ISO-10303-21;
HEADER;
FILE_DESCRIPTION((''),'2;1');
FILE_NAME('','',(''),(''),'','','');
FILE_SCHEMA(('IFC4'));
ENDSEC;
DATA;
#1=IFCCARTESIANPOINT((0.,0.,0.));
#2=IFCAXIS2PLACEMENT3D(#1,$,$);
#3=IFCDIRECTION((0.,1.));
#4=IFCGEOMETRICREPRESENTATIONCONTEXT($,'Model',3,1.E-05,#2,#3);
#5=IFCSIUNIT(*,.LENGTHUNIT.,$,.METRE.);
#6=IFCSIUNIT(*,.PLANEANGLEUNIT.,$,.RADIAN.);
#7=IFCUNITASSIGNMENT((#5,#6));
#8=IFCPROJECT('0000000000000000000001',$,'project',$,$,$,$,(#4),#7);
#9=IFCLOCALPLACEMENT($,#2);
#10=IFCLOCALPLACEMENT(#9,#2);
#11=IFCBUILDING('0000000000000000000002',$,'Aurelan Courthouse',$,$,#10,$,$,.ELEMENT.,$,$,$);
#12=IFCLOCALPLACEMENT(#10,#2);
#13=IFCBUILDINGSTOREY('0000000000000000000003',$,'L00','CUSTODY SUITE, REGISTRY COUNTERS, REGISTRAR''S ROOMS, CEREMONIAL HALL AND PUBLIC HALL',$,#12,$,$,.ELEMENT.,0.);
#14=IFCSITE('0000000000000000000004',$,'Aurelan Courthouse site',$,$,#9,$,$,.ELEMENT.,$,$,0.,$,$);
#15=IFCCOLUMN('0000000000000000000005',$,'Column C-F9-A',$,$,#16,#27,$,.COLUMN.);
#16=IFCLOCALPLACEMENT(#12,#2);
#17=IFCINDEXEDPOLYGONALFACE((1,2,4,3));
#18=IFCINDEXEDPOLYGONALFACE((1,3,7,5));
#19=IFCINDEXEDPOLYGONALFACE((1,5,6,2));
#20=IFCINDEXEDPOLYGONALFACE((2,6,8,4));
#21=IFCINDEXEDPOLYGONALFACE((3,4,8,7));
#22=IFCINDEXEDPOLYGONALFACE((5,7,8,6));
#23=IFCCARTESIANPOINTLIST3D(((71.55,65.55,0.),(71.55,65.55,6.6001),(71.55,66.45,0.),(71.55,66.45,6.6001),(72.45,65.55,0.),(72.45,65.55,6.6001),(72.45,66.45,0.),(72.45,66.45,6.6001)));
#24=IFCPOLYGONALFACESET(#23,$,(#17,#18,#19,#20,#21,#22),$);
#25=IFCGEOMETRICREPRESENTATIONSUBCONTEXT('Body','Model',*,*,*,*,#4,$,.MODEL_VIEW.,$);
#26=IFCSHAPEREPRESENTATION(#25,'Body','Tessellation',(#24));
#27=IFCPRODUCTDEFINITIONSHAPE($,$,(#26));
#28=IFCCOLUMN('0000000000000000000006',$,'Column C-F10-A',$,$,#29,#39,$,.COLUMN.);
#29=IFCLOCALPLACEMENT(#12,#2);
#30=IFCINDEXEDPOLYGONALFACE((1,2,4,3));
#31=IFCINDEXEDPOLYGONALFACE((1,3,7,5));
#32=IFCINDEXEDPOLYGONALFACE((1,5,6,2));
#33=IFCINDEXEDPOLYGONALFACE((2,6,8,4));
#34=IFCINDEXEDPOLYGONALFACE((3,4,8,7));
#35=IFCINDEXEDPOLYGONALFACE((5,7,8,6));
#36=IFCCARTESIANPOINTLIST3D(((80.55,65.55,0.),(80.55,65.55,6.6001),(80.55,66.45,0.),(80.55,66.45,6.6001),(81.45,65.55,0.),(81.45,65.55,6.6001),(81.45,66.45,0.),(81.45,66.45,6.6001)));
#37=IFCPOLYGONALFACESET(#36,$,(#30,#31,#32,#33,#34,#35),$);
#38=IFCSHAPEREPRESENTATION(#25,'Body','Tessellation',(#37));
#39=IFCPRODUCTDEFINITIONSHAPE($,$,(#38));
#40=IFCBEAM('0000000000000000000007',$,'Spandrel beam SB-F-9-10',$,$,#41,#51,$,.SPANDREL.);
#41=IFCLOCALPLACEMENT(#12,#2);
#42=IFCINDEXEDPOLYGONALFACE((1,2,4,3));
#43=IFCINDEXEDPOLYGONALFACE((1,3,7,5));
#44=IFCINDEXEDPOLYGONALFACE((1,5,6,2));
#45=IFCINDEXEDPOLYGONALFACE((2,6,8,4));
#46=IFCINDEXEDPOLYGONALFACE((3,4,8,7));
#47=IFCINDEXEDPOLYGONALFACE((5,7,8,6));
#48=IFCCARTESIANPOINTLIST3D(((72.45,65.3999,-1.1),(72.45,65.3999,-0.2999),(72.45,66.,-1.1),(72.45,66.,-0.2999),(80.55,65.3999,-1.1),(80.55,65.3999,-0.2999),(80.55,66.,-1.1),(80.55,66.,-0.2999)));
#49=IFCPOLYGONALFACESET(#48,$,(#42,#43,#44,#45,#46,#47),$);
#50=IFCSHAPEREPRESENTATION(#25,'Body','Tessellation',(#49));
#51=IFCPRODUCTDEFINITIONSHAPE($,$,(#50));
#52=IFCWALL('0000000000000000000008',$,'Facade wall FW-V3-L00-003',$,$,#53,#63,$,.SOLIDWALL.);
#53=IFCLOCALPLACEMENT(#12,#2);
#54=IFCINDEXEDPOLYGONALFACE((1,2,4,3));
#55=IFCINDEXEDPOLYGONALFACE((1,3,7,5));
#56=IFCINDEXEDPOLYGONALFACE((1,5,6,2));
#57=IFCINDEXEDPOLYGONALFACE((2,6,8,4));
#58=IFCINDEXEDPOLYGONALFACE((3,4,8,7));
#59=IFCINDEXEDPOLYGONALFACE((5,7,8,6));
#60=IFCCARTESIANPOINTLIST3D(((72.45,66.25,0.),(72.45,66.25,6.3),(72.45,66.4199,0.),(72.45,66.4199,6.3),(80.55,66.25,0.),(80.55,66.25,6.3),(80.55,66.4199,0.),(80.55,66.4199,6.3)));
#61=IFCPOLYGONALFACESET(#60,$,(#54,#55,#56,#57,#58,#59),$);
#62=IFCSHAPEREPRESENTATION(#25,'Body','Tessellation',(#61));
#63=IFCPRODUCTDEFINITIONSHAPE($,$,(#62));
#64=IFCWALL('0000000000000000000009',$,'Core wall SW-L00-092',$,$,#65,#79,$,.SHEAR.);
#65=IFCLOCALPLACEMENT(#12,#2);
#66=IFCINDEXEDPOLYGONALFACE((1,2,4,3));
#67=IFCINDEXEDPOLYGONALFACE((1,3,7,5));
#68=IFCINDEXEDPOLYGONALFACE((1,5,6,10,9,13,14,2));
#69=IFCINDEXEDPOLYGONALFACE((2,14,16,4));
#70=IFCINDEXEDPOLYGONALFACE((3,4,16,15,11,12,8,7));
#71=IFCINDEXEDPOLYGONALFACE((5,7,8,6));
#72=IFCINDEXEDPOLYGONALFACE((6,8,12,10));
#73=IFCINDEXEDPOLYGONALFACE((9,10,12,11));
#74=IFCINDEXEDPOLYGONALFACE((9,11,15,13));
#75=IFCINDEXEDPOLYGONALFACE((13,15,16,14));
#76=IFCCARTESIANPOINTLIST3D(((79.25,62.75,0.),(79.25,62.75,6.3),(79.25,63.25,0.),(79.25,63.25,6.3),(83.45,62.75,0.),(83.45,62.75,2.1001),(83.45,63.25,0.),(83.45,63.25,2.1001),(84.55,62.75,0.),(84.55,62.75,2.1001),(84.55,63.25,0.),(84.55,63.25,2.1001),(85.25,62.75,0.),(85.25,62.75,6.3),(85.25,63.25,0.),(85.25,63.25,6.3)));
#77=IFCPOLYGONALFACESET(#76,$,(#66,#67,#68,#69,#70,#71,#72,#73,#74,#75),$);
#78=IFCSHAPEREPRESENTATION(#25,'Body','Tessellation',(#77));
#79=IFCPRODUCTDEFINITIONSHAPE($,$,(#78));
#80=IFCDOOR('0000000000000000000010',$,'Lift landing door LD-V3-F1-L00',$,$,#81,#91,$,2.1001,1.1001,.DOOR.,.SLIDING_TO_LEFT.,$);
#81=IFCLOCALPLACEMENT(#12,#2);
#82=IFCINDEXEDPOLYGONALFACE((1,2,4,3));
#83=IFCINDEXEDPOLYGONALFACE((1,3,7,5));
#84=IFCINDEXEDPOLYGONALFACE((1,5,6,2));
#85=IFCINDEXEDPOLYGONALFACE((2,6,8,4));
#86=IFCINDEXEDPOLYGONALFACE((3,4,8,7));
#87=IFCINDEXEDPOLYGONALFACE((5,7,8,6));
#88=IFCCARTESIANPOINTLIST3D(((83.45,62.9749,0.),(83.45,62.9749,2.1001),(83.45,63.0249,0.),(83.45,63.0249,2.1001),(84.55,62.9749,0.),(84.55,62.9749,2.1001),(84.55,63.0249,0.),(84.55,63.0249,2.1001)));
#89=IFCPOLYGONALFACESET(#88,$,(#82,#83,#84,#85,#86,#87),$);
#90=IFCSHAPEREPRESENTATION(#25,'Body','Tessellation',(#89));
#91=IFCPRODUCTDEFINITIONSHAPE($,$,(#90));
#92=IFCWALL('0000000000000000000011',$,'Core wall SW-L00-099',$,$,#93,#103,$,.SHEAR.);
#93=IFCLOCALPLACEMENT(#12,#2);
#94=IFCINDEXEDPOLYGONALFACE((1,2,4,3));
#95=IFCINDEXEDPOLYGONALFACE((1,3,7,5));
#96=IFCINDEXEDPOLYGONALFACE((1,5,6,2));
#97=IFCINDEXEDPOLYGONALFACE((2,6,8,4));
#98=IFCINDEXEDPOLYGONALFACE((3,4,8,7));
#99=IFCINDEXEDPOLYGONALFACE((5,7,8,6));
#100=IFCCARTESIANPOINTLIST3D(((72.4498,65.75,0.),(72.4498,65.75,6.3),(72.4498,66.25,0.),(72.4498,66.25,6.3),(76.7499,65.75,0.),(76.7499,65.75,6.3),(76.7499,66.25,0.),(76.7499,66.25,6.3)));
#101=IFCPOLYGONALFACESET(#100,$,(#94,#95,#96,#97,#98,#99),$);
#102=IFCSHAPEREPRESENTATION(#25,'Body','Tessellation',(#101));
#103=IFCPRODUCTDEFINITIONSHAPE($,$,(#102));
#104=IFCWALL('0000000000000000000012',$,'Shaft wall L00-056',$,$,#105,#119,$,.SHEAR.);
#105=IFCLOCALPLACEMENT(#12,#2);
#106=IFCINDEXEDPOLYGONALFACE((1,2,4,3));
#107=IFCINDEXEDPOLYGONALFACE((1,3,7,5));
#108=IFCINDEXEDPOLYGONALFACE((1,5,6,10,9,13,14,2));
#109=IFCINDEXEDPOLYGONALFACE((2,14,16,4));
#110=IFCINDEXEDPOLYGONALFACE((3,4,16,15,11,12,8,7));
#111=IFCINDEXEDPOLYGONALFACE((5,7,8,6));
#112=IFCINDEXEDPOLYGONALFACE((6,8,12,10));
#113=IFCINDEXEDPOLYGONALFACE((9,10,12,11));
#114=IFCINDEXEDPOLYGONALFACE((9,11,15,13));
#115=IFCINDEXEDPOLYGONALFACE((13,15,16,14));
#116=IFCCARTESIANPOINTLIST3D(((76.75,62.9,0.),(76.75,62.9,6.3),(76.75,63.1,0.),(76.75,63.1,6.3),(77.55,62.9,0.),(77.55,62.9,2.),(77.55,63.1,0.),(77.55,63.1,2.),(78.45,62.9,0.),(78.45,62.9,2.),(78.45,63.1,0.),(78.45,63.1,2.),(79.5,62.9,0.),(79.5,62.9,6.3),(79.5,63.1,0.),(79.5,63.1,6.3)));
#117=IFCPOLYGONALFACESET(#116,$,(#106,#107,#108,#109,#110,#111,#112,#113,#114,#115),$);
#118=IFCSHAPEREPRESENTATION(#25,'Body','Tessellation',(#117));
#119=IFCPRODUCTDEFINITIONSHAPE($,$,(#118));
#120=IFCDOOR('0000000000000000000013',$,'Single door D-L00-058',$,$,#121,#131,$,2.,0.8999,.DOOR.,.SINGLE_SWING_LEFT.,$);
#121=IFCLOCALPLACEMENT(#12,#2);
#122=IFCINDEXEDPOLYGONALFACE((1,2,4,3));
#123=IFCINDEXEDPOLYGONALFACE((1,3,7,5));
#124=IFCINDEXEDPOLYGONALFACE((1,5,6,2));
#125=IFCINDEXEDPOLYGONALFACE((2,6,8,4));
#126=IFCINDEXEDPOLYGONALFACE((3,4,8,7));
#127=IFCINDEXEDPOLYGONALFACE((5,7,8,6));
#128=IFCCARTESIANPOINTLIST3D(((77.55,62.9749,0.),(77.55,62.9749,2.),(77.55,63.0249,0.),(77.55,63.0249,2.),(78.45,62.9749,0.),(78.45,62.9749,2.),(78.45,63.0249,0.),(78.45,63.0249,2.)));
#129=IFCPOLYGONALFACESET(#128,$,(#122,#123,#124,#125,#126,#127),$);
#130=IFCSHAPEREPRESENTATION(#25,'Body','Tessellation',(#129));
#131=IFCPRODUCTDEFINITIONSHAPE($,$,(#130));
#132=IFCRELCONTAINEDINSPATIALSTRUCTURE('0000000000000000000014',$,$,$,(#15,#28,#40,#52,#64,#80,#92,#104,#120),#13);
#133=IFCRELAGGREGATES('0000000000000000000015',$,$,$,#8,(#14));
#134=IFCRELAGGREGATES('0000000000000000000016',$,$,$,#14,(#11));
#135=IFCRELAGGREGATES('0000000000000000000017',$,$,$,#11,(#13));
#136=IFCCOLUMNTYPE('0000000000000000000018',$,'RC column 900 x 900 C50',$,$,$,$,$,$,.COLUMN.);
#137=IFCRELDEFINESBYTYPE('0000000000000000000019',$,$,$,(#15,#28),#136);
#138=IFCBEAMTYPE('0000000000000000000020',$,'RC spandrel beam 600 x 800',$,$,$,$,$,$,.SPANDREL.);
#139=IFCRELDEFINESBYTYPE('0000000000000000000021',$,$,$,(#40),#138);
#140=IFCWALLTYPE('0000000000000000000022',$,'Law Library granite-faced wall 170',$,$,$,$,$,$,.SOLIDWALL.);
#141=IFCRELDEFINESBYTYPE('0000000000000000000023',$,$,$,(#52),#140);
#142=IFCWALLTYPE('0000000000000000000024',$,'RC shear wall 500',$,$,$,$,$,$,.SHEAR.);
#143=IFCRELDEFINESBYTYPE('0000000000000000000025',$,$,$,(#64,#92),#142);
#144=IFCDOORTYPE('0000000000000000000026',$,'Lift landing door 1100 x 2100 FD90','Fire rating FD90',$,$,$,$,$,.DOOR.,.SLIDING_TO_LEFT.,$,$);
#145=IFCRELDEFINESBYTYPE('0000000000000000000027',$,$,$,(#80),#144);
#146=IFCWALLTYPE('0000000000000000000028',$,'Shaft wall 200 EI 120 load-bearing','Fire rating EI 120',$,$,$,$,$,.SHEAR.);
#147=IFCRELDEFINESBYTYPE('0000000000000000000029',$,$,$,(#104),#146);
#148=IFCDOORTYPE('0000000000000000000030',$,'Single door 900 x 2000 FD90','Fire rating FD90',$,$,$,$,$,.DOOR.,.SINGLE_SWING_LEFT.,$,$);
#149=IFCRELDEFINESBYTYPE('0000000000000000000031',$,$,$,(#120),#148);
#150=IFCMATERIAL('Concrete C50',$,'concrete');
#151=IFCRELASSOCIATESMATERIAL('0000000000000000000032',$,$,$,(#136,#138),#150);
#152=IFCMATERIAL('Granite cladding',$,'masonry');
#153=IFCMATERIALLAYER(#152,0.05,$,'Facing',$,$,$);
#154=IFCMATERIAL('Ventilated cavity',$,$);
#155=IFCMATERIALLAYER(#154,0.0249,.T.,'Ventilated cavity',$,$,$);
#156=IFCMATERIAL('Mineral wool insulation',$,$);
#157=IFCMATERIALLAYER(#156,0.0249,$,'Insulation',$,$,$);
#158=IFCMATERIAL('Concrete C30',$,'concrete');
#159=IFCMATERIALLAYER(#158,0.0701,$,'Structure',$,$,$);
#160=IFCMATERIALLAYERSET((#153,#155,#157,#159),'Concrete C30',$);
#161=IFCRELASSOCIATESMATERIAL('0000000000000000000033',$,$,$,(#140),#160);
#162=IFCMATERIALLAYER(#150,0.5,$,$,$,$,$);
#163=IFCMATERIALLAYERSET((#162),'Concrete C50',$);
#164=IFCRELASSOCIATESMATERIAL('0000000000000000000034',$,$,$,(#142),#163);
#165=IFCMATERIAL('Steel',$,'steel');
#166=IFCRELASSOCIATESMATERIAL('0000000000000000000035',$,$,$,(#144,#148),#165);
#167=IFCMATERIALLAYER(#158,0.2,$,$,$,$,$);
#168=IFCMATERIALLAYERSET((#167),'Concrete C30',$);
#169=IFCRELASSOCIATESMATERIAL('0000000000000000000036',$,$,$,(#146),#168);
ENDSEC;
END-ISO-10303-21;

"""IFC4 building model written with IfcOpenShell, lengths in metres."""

from ifc_helpers import new_model, si_unit, direction, frame, frame_2d, origin, origin_2d, place, context, subcontext, project, spatial, rectangle, extrude, material, layer, layer_set, material_profile, profile_set, type_object, element, fill, save


model = new_model("IFC4")

# Units and contexts
model_context = context("Model", 3, precision=1e-05, world=origin(), true_north=direction((0.0, 1.0)))
body_context = subcontext(model_context, "Body", "Model", "MODEL_VIEW")
ifc_project = project(units=[si_unit("LENGTHUNIT", "METRE"), si_unit("PLANEANGLEUNIT", "RADIAN")], contexts=[model_context])

# Site, building, storey
site_placement = place(None, origin())
site = spatial("IfcSite", under=ifc_project, at=site_placement, Name="Aurelan Courthouse site", CompositionType="ELEMENT", RefElevation=0.0)
building_placement = place(site_placement, origin())
building = spatial("IfcBuilding", under=site, at=building_placement, Name="Aurelan Courthouse", CompositionType="ELEMENT")
storey_placement = place(building_placement, origin())
storey = spatial("IfcBuildingStorey", under=building, at=storey_placement, Name="L00", Description="CUSTODY SUITE, REGISTRY COUNTERS, REGISTRAR'S ROOMS, CEREMONIAL HALL AND PUBLIC HALL", CompositionType="ELEMENT", Elevation=0.0)

# Columns
ifc_material_1 = material(Name="Concrete C50", Category="concrete")
ifc_material_profile_1 = material_profile(ifc_material_1, rectangle(XDim=0.8999, YDim=0.8999, at=origin_2d()), Name="RC 900 x 900")
ifc_profile_set_1 = profile_set([ifc_material_profile_1], Name="Concrete C50")
column_type = type_object("IfcColumnType", Name="RC column 900 x 900 C50", PredefinedType="COLUMN", material=ifc_profile_set_1)
for number, where, z_axis, x_axis, name in (
    (1, (72.0, 66.0, 0.0), (0.0, 0.0, 1.0), (1.0, 0.0, 0.0), "Column C-F9-A"),
    (2, (81.0, 66.0, 0.0), (0.0, 0.0, 1.0), (1.0, 0.0, 0.0), "Column C-F10-A"),
):
    element("IfcColumn", number, at=place(storey_placement, frame(where, z_axis=z_axis, x_axis=x_axis)), inside=storey, type_object=column_type, Name=name, PredefinedType="COLUMN", context=body_context, shape_type="SweptSolid", body=[
        extrude(rectangle(XDim=0.8999, YDim=0.8999, at=origin_2d()), origin(), (0.0, 0.0, 1.0), 6.6001),
    ])

# Beam
ifc_material_profile_2 = material_profile(ifc_material_1, rectangle(XDim=0.6001, YDim=0.8, at=origin_2d()), Name="RC 600 x 800")
ifc_profile_set_2 = profile_set([ifc_material_profile_2], Name="Concrete C50")
beam_type = type_object("IfcBeamType", Name="RC spandrel beam 600 x 800", PredefinedType="SPANDREL", material=ifc_profile_set_2)
beam_placement = place(storey_placement, frame((72.45, 65.7, -0.7), z_axis=(1.0, 0.0, 0.0), x_axis=(0.0, 1.0, 0.0)))
element("IfcBeam", 3, at=beam_placement, inside=storey, type_object=beam_type, Name="Spandrel beam SB-F-9-10", PredefinedType="SPANDREL", context=body_context, shape_type="SweptSolid", body=[
    extrude(rectangle(XDim=0.6001, YDim=0.8, at=origin_2d()), origin(), (0.0, 0.0, 1.0), 8.1001),
])

# Wall
ifc_material_2 = material(Name="Granite cladding", Category="masonry")
ifc_layer_1 = layer(ifc_material_2, 0.05, Name="Facing")
ifc_material_3 = material(Name="Ventilated cavity")
ifc_layer_2 = layer(ifc_material_3, 0.0249, ventilated=True, Name="Ventilated cavity")
ifc_material_4 = material(Name="Mineral wool insulation")
ifc_layer_3 = layer(ifc_material_4, 0.0249, Name="Insulation")
ifc_material_5 = material(Name="Concrete C30", Category="concrete")
ifc_layer_4 = layer(ifc_material_5, 0.0701, Name="Structure")
ifc_layer_set_1 = layer_set([ifc_layer_1, ifc_layer_2, ifc_layer_3, ifc_layer_4], Name="Concrete C30")
wall_type_1 = type_object("IfcWallType", Name="Law Library granite-faced wall 170", PredefinedType="SOLIDWALL", material=ifc_layer_set_1)
wall_1_placement = place(storey_placement, frame((72.45, 66.335, 0.0), z_axis=(0.0, 0.0, 1.0), x_axis=(1.0, 0.0, 0.0)))
element("IfcWall", 4, at=wall_1_placement, inside=storey, type_object=wall_type_1, Name="Facade wall FW-V3-L00-003", PredefinedType="SOLIDWALL", context=body_context, shape_type="SweptSolid", body=[
    extrude(rectangle(XDim=8.1001, YDim=0.1699, at=frame_2d((4.05, 0.0))), origin(), (0.0, 0.0, 1.0), 6.3),
])

# Wall, opening, door
ifc_layer_5 = layer(ifc_material_1, 0.5)
ifc_layer_set_2 = layer_set([ifc_layer_5], Name="Concrete C50")
wall_type_2 = type_object("IfcWallType", Name="RC shear wall 500", PredefinedType="SHEAR", material=ifc_layer_set_2)
wall_2_placement = place(storey_placement, frame((79.25, 63.0, 0.0), z_axis=(0.0, 0.0, 1.0), x_axis=(1.0, 0.0, 0.0)))
wall_2 = element("IfcWall", 5, at=wall_2_placement, inside=storey, type_object=wall_type_2, Name="Core wall SW-L00-092", PredefinedType="SHEAR", context=body_context, shape_type="SweptSolid", body=[
    extrude(rectangle(XDim=6.0, YDim=0.5, at=frame_2d((3.0, 0.0))), origin(), (0.0, 0.0, 1.0), 6.3),
])
opening_1_placement = place(wall_2_placement, frame((4.2, 0.0, 0.0)))
opening_1 = element("IfcOpeningElement", 6, at=opening_1_placement, cuts=wall_2, PredefinedType="OPENING", context=body_context, shape_type="SweptSolid", body=[
    extrude(rectangle(XDim=1.1001, YDim=2.1001, at=frame_2d((0.55, 1.05))), frame((0.0, 0.26, 0.0), z_axis=(0.0, -1.0, 0.0), x_axis=(1.0, 0.0, 0.0)), (0.0, 0.0, 1.0), 0.52),
])
ifc_material_6 = material(Name="Steel", Category="steel")
door_type_1 = type_object("IfcDoorType", Name="Lift landing door 1100 x 2100 FD90", Description="Fire rating FD90", OperationType="SLIDING_TO_LEFT", PredefinedType="DOOR", material=ifc_material_6)
door_1_placement = place(opening_1_placement, origin())
door_1 = element("IfcDoor", 7, at=door_1_placement, inside=storey, type_object=door_type_1, Name="Lift landing door LD-V3-F1-L00", OperationType="SLIDING_TO_LEFT", OverallHeight=2.1001, OverallWidth=1.1001, PredefinedType="DOOR", context=body_context, shape_type="SweptSolid", body=[
    extrude(rectangle(XDim=1.1001, YDim=2.1001, at=frame_2d((0.55, 1.05))), frame((0.0, 0.0249, 0.0), z_axis=(0.0, -1.0, 0.0), x_axis=(1.0, 0.0, 0.0)), (0.0, 0.0, 1.0), 0.05),
])
fill(opening_1, door_1)

# Wall
wall_3_placement = place(storey_placement, frame((72.45, 66.0, 0.0), z_axis=(0.0, 0.0, 1.0), x_axis=(1.0, 0.0, 0.0)))
element("IfcWall", 8, at=wall_3_placement, inside=storey, type_object=wall_type_2, Name="Core wall SW-L00-099", PredefinedType="SHEAR", context=body_context, shape_type="SweptSolid", body=[
    extrude(rectangle(XDim=4.3, YDim=0.5, at=frame_2d((2.1499, 0.0))), origin(), (0.0, 0.0, 1.0), 6.3),
])

# Wall, opening, door
ifc_layer_6 = layer(ifc_material_5, 0.2)
ifc_layer_set_3 = layer_set([ifc_layer_6], Name="Concrete C30")
wall_type_3 = type_object("IfcWallType", Name="Shaft wall 200 EI 120 load-bearing", Description="Fire rating EI 120", PredefinedType="SHEAR", material=ifc_layer_set_3)
wall_4_placement = place(storey_placement, frame((76.75, 63.0, 0.0), z_axis=(0.0, 0.0, 1.0), x_axis=(1.0, 0.0, 0.0)))
wall_4 = element("IfcWall", 9, at=wall_4_placement, inside=storey, type_object=wall_type_3, Name="Shaft wall L00-056", PredefinedType="SHEAR", context=body_context, shape_type="SweptSolid", body=[
    extrude(rectangle(XDim=2.75, YDim=0.2, at=frame_2d((1.375, 0.0))), origin(), (0.0, 0.0, 1.0), 6.3),
])
opening_2_placement = place(wall_4_placement, frame((0.8, 0.0, 0.0)))
opening_2 = element("IfcOpeningElement", 10, at=opening_2_placement, cuts=wall_4, PredefinedType="OPENING", context=body_context, shape_type="SweptSolid", body=[
    extrude(rectangle(XDim=0.8999, YDim=2.0, at=frame_2d((0.45, 1.0))), frame((0.0, 0.1099, 0.0), z_axis=(0.0, -1.0, 0.0), x_axis=(1.0, 0.0, 0.0)), (0.0, 0.0, 1.0), 0.22),
])
door_type_2 = type_object("IfcDoorType", Name="Single door 900 x 2000 FD90", Description="Fire rating FD90", OperationType="SINGLE_SWING_LEFT", PredefinedType="DOOR", material=ifc_material_6)
door_2_placement = place(opening_2_placement, origin())
door_2 = element("IfcDoor", 11, at=door_2_placement, inside=storey, type_object=door_type_2, Name="Single door D-L00-058", OperationType="SINGLE_SWING_LEFT", OverallHeight=2.0, OverallWidth=0.8999, PredefinedType="DOOR", context=body_context, shape_type="SweptSolid", body=[
    extrude(rectangle(XDim=0.8999, YDim=2.0, at=frame_2d((0.45, 1.0))), frame((0.0, 0.0249, 0.0), z_axis=(0.0, -1.0, 0.0), x_axis=(1.0, 0.0, 0.0)), (0.0, 0.0, 1.0), 0.05),
])
fill(opening_2, door_2)

save(model, "model.ifc")
